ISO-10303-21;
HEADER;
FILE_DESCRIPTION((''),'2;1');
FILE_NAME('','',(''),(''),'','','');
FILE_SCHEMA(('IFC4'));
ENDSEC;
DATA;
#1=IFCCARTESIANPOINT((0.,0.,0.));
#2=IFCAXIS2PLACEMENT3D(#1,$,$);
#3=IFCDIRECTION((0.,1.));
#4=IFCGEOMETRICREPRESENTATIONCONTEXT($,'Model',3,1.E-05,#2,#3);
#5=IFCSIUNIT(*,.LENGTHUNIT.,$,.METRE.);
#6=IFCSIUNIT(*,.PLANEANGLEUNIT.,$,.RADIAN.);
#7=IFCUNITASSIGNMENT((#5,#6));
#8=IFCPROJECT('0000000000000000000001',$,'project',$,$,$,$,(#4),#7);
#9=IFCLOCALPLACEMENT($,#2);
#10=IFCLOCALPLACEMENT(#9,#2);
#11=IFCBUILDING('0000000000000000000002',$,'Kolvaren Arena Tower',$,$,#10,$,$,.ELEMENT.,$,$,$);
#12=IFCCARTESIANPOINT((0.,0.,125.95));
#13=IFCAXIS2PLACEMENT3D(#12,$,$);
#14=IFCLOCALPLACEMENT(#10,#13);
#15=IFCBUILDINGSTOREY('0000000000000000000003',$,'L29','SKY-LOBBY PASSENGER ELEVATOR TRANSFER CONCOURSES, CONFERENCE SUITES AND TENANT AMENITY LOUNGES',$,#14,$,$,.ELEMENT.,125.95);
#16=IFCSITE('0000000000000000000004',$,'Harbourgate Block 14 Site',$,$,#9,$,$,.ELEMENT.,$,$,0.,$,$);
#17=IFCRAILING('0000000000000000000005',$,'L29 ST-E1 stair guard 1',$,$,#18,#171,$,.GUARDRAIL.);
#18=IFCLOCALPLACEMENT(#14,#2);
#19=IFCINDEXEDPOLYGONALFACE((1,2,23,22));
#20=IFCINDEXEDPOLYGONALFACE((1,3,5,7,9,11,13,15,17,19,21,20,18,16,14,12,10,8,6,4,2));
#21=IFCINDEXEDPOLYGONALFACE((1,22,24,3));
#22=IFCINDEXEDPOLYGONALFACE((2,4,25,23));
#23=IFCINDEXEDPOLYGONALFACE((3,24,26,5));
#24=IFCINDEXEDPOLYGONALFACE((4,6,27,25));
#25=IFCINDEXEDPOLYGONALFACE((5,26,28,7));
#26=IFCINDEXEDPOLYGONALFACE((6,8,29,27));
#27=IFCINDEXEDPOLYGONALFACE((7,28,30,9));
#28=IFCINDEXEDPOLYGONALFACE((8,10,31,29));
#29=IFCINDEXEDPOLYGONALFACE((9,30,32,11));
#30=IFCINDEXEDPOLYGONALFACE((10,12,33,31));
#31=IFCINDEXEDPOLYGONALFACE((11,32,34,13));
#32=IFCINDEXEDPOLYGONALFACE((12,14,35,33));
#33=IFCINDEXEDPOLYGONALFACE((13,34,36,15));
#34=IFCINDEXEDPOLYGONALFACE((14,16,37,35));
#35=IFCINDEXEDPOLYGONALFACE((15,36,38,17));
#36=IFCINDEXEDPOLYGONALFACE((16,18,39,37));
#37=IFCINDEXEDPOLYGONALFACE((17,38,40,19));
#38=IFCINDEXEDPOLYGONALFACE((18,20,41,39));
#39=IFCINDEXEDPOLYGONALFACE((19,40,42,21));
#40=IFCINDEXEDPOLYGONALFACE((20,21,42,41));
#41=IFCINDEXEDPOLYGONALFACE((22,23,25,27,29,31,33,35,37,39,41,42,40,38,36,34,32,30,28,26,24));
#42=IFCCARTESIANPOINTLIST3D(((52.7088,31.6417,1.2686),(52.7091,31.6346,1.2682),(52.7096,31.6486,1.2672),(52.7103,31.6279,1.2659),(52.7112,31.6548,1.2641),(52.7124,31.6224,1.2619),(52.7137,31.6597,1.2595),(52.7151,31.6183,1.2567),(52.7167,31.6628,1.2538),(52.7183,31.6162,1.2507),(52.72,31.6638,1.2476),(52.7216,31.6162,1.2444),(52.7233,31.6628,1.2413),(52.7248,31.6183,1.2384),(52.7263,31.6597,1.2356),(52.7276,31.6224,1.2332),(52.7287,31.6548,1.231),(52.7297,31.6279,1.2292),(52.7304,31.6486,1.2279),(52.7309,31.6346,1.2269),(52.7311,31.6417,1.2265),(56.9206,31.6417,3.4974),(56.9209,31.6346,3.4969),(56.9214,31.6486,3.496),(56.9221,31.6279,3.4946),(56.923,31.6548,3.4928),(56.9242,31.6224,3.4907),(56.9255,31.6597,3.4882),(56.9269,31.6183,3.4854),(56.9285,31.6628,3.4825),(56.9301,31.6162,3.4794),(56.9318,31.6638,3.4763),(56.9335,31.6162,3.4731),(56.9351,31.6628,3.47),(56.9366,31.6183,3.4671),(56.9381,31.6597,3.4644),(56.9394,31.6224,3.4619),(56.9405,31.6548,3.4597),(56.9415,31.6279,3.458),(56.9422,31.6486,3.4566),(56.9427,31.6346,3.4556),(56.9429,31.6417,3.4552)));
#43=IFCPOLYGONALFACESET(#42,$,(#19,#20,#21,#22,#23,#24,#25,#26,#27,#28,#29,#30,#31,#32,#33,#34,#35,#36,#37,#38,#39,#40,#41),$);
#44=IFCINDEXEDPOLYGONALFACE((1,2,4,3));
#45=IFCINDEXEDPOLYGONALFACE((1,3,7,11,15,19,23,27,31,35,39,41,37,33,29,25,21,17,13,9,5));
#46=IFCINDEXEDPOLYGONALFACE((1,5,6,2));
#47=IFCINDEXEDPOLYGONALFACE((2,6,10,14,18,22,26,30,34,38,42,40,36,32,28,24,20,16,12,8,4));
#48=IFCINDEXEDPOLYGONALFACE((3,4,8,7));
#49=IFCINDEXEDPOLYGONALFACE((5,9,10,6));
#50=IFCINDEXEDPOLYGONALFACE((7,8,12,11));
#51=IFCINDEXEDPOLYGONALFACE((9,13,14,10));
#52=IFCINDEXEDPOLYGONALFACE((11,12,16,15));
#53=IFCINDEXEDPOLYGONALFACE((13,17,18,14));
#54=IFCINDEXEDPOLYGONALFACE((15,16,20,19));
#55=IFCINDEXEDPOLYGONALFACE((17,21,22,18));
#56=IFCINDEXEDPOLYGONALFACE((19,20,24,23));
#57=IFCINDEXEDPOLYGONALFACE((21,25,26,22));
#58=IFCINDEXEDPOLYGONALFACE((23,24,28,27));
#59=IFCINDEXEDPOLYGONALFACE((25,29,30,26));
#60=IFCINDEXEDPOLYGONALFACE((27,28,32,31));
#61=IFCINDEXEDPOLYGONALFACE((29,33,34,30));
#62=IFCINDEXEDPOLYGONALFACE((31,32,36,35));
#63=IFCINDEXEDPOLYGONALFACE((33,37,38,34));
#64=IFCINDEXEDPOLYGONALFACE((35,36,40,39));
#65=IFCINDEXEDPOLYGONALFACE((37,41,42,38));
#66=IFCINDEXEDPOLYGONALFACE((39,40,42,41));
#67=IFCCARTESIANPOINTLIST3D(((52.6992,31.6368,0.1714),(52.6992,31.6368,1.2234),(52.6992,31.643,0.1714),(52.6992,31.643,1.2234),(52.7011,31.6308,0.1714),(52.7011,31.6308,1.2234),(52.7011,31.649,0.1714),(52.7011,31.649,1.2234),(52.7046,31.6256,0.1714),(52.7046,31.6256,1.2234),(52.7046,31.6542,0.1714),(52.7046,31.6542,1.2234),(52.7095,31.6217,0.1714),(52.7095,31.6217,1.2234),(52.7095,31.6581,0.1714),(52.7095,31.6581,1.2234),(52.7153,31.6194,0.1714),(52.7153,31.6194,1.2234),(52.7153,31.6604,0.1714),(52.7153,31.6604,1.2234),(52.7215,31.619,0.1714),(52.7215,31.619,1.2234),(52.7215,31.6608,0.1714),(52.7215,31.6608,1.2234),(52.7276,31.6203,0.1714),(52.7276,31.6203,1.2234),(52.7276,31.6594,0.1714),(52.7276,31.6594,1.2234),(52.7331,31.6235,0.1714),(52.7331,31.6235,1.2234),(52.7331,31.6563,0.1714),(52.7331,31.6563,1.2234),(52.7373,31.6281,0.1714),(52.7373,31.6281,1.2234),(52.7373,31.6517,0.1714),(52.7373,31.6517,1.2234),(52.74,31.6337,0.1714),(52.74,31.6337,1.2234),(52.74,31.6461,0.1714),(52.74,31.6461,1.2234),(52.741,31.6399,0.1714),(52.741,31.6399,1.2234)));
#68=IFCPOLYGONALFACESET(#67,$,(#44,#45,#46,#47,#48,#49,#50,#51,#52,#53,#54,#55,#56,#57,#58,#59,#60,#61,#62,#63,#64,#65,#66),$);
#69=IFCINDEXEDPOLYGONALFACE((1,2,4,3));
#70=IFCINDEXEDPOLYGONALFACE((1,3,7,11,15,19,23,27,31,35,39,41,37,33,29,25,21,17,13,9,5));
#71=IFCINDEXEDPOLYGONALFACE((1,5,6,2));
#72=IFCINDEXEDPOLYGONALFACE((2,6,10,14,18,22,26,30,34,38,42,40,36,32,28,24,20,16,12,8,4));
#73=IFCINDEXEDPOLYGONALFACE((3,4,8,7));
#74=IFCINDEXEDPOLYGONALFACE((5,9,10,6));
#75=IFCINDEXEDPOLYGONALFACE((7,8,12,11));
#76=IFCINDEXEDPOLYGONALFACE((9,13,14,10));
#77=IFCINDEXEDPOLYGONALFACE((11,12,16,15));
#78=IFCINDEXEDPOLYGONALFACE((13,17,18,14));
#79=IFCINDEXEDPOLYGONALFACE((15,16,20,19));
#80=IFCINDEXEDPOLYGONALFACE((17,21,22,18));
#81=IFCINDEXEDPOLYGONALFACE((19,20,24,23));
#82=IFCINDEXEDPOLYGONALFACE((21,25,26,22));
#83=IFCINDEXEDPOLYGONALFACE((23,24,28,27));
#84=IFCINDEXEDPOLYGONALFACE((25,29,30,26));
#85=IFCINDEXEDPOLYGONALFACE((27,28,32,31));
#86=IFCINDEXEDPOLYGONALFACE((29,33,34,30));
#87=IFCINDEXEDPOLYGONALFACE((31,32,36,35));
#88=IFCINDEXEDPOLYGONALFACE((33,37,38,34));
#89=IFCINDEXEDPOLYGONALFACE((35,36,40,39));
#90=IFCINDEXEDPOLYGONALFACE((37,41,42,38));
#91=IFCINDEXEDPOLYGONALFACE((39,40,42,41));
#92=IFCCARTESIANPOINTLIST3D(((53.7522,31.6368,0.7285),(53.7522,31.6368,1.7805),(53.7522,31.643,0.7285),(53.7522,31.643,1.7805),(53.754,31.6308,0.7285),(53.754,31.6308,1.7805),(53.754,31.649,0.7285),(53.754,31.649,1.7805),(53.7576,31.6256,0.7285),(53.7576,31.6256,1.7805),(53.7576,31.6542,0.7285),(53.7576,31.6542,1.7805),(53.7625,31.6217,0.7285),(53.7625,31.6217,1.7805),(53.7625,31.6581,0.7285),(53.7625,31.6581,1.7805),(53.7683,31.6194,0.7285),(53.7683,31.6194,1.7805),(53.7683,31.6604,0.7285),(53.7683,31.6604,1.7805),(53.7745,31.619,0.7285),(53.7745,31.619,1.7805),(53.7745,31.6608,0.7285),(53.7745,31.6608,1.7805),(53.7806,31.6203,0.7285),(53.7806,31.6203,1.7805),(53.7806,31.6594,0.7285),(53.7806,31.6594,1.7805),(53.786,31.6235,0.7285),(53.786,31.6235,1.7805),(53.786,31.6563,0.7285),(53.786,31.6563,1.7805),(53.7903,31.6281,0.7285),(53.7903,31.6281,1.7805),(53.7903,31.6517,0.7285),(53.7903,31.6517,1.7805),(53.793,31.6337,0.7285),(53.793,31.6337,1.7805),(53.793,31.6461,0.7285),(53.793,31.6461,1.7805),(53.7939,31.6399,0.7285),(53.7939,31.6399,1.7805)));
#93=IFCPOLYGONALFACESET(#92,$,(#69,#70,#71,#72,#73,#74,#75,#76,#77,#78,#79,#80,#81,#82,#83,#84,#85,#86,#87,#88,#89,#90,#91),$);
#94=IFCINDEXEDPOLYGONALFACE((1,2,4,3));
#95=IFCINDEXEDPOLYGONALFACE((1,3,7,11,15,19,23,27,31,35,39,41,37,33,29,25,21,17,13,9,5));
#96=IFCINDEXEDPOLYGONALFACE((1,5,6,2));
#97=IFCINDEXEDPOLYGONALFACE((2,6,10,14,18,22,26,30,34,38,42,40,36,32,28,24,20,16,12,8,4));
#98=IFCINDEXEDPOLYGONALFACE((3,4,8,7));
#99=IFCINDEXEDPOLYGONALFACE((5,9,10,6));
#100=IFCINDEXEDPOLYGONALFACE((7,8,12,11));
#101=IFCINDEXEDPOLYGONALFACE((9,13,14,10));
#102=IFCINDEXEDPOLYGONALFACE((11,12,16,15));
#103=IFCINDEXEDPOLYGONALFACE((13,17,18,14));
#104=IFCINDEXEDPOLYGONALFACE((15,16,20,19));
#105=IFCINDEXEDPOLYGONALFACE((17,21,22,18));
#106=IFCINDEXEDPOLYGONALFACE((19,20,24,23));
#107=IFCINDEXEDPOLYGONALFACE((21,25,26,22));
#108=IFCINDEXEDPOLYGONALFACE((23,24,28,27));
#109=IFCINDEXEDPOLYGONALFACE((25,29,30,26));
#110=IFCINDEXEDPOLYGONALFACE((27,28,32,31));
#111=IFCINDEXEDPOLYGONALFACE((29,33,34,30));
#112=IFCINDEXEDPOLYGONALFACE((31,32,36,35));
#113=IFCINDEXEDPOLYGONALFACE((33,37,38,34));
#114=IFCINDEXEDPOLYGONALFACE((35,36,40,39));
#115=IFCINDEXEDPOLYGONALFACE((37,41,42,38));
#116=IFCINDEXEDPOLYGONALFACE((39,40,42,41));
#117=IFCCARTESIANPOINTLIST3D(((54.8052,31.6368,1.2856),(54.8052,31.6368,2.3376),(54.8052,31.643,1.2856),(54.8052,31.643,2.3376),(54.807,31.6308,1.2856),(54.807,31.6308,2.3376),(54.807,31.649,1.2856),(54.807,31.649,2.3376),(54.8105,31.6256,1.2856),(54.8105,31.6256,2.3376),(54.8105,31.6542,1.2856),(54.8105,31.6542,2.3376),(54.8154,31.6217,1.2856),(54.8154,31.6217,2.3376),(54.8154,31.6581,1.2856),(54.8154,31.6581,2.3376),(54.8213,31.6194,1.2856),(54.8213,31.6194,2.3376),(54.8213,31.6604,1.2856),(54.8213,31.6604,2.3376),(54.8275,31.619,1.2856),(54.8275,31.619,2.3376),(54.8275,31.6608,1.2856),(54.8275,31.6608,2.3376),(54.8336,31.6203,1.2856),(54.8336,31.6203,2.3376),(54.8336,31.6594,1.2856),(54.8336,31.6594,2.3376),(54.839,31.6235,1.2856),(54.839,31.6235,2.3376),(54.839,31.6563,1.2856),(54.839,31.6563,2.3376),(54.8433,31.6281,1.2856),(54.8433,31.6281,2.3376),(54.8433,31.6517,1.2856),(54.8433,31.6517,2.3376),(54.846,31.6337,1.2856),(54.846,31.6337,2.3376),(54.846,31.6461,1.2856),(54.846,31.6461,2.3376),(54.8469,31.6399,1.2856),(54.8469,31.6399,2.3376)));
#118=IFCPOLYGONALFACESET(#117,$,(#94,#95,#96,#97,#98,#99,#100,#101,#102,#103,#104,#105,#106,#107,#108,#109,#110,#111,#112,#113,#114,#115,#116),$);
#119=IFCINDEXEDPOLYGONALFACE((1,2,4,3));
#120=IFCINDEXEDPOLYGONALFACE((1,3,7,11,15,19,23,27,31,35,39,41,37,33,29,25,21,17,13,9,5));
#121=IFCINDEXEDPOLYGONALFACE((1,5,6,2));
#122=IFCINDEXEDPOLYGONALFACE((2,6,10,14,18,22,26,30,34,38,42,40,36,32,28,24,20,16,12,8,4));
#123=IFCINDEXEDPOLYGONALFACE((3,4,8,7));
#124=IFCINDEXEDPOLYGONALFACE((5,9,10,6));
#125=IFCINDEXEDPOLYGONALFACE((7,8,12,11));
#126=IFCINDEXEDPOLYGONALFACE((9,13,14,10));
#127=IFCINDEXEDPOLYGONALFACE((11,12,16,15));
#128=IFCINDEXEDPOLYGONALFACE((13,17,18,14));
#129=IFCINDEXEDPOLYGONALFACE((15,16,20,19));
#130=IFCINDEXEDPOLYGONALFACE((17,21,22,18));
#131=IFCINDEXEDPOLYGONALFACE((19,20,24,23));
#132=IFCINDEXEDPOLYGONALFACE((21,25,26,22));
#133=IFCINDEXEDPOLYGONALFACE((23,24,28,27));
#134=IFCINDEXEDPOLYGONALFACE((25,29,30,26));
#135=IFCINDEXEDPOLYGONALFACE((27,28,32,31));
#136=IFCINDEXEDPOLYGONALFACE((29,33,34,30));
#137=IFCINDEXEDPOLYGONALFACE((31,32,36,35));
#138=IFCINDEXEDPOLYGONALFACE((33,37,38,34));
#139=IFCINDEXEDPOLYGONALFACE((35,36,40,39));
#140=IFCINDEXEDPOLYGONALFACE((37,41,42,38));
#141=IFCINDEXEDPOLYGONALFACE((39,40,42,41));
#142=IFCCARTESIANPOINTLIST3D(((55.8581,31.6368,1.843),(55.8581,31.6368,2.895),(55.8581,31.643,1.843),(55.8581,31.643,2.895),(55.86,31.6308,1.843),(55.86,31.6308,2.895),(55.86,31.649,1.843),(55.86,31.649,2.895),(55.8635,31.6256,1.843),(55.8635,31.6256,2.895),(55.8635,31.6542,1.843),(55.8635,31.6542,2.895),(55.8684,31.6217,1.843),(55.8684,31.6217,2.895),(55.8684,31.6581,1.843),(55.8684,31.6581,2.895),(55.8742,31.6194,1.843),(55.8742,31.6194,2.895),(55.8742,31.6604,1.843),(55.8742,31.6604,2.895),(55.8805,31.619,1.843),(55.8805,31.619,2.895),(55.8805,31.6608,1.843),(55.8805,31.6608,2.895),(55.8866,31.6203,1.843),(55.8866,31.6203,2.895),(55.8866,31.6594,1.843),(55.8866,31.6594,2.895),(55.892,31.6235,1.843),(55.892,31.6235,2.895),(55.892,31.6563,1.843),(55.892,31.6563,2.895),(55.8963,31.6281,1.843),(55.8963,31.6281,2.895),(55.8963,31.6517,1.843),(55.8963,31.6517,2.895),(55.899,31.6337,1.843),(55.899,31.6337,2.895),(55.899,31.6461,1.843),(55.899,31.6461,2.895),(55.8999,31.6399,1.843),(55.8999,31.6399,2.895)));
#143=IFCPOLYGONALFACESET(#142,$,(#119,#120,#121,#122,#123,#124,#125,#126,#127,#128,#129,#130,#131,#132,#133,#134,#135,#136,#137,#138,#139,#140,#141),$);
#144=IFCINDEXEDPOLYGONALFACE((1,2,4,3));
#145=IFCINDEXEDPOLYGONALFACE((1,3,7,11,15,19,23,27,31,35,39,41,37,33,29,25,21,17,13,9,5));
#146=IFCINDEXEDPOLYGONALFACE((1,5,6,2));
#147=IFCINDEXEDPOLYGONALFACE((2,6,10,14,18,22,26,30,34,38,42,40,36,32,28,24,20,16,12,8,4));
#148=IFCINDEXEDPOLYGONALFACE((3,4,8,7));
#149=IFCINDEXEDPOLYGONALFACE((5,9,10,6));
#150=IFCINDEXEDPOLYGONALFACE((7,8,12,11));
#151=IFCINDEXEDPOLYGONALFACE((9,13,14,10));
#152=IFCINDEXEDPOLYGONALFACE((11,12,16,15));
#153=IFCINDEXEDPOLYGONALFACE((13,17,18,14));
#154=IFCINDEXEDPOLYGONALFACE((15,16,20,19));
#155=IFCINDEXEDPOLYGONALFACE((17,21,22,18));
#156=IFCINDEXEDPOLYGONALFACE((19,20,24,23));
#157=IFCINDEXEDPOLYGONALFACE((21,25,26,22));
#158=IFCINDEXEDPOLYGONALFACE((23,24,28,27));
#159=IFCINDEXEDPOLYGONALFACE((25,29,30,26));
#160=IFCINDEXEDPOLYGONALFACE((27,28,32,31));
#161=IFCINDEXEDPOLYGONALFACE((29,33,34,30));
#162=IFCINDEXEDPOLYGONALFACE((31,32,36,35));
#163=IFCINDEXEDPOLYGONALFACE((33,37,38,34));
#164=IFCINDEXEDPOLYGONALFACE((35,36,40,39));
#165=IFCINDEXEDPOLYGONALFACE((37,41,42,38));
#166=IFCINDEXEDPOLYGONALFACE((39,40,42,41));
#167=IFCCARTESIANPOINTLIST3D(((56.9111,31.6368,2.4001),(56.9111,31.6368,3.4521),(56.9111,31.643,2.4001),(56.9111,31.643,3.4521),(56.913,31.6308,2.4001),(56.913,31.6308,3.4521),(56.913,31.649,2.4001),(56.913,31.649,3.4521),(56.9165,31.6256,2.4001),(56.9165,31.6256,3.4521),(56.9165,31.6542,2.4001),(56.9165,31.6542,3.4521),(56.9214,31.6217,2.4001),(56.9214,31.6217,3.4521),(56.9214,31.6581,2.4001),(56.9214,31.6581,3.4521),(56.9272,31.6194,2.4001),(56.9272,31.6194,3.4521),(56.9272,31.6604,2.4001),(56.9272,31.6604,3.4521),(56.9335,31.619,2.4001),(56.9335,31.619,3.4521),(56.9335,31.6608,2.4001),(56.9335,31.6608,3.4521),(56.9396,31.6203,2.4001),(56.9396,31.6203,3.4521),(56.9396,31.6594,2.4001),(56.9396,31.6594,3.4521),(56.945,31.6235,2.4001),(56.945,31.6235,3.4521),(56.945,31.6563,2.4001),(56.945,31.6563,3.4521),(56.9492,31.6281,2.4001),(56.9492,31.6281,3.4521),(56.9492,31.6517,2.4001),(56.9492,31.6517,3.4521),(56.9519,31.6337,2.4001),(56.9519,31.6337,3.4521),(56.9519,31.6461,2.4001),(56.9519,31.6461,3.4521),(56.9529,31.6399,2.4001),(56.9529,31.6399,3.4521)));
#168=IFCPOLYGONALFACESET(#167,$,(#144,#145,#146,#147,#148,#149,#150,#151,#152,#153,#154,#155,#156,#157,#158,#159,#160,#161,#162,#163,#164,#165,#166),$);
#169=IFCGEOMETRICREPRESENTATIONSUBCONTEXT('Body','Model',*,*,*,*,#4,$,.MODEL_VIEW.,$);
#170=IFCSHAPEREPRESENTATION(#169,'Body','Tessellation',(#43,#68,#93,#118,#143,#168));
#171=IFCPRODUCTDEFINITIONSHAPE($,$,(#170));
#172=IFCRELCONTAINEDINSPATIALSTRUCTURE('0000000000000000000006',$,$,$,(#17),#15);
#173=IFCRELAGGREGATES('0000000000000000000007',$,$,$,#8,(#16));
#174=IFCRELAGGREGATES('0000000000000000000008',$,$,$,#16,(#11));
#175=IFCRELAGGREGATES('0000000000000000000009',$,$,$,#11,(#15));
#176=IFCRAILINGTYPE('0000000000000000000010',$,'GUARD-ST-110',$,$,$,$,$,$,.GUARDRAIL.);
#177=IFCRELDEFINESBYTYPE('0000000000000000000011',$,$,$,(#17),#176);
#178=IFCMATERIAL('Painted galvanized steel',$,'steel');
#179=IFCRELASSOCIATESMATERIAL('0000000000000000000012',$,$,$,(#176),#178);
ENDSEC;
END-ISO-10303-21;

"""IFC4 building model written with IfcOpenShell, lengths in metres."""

from ifc_helpers import new_model, si_unit, direction, frame, origin, origin_2d, place, context, subcontext, project, spatial, circle, extrude, material, type_object, element, save


model = new_model("IFC4")

# Units and contexts
model_context = context("Model", 3, precision=1e-05, world=origin(), true_north=direction((0.0, 1.0)))
body_context = subcontext(model_context, "Body", "Model", "MODEL_VIEW")
ifc_project = project(units=[si_unit("LENGTHUNIT", "METRE"), si_unit("PLANEANGLEUNIT", "RADIAN")], contexts=[model_context])

# Site, building, storey
site_placement = place(None, origin())
site = spatial("IfcSite", under=ifc_project, at=site_placement, Name="Harbourgate Block 14 Site", CompositionType="ELEMENT", RefElevation=0.0)
building_placement = place(site_placement, origin())
building = spatial("IfcBuilding", under=site, at=building_placement, Name="Kolvaren Arena Tower", CompositionType="ELEMENT")
storey_placement = place(building_placement, frame((0.0, 0.0, 125.95)))
storey = spatial("IfcBuildingStorey", under=building, at=storey_placement, Name="L29", Description="SKY-LOBBY PASSENGER ELEVATOR TRANSFER CONCOURSES, CONFERENCE SUITES AND TENANT AMENITY LOUNGES", CompositionType="ELEMENT", Elevation=125.95)

# Railing
ifc_material_1 = material(Name="Painted galvanized steel", Category="steel")
railing_type_1 = type_object("IfcRailingType", Name="GUARD-ST-110", PredefinedType="GUARDRAIL", material=ifc_material_1)
railing_1_placement = place(storey_placement, frame((52.72, 31.6399, 0.1714)))
element("IfcRailing", 1, at=railing_1_placement, inside=storey, type_object=railing_type_1, Name="L29 ST-E1 stair guard 1", PredefinedType="GUARDRAIL", context=body_context, shape_type="SweptSolid", body=[
    extrude(circle(Radius=0.0239, at=origin_2d()), frame((0.0, 0.0, 1.0762), z_axis=(0.883881, 0.0, 0.467711), x_axis=(0.0, 1.0, 0.0)), (0.0, 0.0, 1.0), 4.7651),
    extrude(circle(Radius=0.021, at=origin_2d()), origin(), (0.0, 0.0, 1.0), 1.052),
    extrude(circle(Radius=0.021, at=origin_2d()), frame((1.053, 0.0, 0.5571)), (0.0, 0.0, 1.0), 1.052),
    extrude(circle(Radius=0.021, at=origin_2d()), frame((2.106, 0.0, 1.1143)), (0.0, 0.0, 1.0), 1.052),
    extrude(circle(Radius=0.021, at=origin_2d()), frame((3.1589, 0.0, 1.6716)), (0.0, 0.0, 1.0), 1.052),
    extrude(circle(Radius=0.021, at=origin_2d()), frame((4.2119, 0.0, 2.2288)), (0.0, 0.0, 1.0), 1.052),
])

save(model, "model.ifc")
